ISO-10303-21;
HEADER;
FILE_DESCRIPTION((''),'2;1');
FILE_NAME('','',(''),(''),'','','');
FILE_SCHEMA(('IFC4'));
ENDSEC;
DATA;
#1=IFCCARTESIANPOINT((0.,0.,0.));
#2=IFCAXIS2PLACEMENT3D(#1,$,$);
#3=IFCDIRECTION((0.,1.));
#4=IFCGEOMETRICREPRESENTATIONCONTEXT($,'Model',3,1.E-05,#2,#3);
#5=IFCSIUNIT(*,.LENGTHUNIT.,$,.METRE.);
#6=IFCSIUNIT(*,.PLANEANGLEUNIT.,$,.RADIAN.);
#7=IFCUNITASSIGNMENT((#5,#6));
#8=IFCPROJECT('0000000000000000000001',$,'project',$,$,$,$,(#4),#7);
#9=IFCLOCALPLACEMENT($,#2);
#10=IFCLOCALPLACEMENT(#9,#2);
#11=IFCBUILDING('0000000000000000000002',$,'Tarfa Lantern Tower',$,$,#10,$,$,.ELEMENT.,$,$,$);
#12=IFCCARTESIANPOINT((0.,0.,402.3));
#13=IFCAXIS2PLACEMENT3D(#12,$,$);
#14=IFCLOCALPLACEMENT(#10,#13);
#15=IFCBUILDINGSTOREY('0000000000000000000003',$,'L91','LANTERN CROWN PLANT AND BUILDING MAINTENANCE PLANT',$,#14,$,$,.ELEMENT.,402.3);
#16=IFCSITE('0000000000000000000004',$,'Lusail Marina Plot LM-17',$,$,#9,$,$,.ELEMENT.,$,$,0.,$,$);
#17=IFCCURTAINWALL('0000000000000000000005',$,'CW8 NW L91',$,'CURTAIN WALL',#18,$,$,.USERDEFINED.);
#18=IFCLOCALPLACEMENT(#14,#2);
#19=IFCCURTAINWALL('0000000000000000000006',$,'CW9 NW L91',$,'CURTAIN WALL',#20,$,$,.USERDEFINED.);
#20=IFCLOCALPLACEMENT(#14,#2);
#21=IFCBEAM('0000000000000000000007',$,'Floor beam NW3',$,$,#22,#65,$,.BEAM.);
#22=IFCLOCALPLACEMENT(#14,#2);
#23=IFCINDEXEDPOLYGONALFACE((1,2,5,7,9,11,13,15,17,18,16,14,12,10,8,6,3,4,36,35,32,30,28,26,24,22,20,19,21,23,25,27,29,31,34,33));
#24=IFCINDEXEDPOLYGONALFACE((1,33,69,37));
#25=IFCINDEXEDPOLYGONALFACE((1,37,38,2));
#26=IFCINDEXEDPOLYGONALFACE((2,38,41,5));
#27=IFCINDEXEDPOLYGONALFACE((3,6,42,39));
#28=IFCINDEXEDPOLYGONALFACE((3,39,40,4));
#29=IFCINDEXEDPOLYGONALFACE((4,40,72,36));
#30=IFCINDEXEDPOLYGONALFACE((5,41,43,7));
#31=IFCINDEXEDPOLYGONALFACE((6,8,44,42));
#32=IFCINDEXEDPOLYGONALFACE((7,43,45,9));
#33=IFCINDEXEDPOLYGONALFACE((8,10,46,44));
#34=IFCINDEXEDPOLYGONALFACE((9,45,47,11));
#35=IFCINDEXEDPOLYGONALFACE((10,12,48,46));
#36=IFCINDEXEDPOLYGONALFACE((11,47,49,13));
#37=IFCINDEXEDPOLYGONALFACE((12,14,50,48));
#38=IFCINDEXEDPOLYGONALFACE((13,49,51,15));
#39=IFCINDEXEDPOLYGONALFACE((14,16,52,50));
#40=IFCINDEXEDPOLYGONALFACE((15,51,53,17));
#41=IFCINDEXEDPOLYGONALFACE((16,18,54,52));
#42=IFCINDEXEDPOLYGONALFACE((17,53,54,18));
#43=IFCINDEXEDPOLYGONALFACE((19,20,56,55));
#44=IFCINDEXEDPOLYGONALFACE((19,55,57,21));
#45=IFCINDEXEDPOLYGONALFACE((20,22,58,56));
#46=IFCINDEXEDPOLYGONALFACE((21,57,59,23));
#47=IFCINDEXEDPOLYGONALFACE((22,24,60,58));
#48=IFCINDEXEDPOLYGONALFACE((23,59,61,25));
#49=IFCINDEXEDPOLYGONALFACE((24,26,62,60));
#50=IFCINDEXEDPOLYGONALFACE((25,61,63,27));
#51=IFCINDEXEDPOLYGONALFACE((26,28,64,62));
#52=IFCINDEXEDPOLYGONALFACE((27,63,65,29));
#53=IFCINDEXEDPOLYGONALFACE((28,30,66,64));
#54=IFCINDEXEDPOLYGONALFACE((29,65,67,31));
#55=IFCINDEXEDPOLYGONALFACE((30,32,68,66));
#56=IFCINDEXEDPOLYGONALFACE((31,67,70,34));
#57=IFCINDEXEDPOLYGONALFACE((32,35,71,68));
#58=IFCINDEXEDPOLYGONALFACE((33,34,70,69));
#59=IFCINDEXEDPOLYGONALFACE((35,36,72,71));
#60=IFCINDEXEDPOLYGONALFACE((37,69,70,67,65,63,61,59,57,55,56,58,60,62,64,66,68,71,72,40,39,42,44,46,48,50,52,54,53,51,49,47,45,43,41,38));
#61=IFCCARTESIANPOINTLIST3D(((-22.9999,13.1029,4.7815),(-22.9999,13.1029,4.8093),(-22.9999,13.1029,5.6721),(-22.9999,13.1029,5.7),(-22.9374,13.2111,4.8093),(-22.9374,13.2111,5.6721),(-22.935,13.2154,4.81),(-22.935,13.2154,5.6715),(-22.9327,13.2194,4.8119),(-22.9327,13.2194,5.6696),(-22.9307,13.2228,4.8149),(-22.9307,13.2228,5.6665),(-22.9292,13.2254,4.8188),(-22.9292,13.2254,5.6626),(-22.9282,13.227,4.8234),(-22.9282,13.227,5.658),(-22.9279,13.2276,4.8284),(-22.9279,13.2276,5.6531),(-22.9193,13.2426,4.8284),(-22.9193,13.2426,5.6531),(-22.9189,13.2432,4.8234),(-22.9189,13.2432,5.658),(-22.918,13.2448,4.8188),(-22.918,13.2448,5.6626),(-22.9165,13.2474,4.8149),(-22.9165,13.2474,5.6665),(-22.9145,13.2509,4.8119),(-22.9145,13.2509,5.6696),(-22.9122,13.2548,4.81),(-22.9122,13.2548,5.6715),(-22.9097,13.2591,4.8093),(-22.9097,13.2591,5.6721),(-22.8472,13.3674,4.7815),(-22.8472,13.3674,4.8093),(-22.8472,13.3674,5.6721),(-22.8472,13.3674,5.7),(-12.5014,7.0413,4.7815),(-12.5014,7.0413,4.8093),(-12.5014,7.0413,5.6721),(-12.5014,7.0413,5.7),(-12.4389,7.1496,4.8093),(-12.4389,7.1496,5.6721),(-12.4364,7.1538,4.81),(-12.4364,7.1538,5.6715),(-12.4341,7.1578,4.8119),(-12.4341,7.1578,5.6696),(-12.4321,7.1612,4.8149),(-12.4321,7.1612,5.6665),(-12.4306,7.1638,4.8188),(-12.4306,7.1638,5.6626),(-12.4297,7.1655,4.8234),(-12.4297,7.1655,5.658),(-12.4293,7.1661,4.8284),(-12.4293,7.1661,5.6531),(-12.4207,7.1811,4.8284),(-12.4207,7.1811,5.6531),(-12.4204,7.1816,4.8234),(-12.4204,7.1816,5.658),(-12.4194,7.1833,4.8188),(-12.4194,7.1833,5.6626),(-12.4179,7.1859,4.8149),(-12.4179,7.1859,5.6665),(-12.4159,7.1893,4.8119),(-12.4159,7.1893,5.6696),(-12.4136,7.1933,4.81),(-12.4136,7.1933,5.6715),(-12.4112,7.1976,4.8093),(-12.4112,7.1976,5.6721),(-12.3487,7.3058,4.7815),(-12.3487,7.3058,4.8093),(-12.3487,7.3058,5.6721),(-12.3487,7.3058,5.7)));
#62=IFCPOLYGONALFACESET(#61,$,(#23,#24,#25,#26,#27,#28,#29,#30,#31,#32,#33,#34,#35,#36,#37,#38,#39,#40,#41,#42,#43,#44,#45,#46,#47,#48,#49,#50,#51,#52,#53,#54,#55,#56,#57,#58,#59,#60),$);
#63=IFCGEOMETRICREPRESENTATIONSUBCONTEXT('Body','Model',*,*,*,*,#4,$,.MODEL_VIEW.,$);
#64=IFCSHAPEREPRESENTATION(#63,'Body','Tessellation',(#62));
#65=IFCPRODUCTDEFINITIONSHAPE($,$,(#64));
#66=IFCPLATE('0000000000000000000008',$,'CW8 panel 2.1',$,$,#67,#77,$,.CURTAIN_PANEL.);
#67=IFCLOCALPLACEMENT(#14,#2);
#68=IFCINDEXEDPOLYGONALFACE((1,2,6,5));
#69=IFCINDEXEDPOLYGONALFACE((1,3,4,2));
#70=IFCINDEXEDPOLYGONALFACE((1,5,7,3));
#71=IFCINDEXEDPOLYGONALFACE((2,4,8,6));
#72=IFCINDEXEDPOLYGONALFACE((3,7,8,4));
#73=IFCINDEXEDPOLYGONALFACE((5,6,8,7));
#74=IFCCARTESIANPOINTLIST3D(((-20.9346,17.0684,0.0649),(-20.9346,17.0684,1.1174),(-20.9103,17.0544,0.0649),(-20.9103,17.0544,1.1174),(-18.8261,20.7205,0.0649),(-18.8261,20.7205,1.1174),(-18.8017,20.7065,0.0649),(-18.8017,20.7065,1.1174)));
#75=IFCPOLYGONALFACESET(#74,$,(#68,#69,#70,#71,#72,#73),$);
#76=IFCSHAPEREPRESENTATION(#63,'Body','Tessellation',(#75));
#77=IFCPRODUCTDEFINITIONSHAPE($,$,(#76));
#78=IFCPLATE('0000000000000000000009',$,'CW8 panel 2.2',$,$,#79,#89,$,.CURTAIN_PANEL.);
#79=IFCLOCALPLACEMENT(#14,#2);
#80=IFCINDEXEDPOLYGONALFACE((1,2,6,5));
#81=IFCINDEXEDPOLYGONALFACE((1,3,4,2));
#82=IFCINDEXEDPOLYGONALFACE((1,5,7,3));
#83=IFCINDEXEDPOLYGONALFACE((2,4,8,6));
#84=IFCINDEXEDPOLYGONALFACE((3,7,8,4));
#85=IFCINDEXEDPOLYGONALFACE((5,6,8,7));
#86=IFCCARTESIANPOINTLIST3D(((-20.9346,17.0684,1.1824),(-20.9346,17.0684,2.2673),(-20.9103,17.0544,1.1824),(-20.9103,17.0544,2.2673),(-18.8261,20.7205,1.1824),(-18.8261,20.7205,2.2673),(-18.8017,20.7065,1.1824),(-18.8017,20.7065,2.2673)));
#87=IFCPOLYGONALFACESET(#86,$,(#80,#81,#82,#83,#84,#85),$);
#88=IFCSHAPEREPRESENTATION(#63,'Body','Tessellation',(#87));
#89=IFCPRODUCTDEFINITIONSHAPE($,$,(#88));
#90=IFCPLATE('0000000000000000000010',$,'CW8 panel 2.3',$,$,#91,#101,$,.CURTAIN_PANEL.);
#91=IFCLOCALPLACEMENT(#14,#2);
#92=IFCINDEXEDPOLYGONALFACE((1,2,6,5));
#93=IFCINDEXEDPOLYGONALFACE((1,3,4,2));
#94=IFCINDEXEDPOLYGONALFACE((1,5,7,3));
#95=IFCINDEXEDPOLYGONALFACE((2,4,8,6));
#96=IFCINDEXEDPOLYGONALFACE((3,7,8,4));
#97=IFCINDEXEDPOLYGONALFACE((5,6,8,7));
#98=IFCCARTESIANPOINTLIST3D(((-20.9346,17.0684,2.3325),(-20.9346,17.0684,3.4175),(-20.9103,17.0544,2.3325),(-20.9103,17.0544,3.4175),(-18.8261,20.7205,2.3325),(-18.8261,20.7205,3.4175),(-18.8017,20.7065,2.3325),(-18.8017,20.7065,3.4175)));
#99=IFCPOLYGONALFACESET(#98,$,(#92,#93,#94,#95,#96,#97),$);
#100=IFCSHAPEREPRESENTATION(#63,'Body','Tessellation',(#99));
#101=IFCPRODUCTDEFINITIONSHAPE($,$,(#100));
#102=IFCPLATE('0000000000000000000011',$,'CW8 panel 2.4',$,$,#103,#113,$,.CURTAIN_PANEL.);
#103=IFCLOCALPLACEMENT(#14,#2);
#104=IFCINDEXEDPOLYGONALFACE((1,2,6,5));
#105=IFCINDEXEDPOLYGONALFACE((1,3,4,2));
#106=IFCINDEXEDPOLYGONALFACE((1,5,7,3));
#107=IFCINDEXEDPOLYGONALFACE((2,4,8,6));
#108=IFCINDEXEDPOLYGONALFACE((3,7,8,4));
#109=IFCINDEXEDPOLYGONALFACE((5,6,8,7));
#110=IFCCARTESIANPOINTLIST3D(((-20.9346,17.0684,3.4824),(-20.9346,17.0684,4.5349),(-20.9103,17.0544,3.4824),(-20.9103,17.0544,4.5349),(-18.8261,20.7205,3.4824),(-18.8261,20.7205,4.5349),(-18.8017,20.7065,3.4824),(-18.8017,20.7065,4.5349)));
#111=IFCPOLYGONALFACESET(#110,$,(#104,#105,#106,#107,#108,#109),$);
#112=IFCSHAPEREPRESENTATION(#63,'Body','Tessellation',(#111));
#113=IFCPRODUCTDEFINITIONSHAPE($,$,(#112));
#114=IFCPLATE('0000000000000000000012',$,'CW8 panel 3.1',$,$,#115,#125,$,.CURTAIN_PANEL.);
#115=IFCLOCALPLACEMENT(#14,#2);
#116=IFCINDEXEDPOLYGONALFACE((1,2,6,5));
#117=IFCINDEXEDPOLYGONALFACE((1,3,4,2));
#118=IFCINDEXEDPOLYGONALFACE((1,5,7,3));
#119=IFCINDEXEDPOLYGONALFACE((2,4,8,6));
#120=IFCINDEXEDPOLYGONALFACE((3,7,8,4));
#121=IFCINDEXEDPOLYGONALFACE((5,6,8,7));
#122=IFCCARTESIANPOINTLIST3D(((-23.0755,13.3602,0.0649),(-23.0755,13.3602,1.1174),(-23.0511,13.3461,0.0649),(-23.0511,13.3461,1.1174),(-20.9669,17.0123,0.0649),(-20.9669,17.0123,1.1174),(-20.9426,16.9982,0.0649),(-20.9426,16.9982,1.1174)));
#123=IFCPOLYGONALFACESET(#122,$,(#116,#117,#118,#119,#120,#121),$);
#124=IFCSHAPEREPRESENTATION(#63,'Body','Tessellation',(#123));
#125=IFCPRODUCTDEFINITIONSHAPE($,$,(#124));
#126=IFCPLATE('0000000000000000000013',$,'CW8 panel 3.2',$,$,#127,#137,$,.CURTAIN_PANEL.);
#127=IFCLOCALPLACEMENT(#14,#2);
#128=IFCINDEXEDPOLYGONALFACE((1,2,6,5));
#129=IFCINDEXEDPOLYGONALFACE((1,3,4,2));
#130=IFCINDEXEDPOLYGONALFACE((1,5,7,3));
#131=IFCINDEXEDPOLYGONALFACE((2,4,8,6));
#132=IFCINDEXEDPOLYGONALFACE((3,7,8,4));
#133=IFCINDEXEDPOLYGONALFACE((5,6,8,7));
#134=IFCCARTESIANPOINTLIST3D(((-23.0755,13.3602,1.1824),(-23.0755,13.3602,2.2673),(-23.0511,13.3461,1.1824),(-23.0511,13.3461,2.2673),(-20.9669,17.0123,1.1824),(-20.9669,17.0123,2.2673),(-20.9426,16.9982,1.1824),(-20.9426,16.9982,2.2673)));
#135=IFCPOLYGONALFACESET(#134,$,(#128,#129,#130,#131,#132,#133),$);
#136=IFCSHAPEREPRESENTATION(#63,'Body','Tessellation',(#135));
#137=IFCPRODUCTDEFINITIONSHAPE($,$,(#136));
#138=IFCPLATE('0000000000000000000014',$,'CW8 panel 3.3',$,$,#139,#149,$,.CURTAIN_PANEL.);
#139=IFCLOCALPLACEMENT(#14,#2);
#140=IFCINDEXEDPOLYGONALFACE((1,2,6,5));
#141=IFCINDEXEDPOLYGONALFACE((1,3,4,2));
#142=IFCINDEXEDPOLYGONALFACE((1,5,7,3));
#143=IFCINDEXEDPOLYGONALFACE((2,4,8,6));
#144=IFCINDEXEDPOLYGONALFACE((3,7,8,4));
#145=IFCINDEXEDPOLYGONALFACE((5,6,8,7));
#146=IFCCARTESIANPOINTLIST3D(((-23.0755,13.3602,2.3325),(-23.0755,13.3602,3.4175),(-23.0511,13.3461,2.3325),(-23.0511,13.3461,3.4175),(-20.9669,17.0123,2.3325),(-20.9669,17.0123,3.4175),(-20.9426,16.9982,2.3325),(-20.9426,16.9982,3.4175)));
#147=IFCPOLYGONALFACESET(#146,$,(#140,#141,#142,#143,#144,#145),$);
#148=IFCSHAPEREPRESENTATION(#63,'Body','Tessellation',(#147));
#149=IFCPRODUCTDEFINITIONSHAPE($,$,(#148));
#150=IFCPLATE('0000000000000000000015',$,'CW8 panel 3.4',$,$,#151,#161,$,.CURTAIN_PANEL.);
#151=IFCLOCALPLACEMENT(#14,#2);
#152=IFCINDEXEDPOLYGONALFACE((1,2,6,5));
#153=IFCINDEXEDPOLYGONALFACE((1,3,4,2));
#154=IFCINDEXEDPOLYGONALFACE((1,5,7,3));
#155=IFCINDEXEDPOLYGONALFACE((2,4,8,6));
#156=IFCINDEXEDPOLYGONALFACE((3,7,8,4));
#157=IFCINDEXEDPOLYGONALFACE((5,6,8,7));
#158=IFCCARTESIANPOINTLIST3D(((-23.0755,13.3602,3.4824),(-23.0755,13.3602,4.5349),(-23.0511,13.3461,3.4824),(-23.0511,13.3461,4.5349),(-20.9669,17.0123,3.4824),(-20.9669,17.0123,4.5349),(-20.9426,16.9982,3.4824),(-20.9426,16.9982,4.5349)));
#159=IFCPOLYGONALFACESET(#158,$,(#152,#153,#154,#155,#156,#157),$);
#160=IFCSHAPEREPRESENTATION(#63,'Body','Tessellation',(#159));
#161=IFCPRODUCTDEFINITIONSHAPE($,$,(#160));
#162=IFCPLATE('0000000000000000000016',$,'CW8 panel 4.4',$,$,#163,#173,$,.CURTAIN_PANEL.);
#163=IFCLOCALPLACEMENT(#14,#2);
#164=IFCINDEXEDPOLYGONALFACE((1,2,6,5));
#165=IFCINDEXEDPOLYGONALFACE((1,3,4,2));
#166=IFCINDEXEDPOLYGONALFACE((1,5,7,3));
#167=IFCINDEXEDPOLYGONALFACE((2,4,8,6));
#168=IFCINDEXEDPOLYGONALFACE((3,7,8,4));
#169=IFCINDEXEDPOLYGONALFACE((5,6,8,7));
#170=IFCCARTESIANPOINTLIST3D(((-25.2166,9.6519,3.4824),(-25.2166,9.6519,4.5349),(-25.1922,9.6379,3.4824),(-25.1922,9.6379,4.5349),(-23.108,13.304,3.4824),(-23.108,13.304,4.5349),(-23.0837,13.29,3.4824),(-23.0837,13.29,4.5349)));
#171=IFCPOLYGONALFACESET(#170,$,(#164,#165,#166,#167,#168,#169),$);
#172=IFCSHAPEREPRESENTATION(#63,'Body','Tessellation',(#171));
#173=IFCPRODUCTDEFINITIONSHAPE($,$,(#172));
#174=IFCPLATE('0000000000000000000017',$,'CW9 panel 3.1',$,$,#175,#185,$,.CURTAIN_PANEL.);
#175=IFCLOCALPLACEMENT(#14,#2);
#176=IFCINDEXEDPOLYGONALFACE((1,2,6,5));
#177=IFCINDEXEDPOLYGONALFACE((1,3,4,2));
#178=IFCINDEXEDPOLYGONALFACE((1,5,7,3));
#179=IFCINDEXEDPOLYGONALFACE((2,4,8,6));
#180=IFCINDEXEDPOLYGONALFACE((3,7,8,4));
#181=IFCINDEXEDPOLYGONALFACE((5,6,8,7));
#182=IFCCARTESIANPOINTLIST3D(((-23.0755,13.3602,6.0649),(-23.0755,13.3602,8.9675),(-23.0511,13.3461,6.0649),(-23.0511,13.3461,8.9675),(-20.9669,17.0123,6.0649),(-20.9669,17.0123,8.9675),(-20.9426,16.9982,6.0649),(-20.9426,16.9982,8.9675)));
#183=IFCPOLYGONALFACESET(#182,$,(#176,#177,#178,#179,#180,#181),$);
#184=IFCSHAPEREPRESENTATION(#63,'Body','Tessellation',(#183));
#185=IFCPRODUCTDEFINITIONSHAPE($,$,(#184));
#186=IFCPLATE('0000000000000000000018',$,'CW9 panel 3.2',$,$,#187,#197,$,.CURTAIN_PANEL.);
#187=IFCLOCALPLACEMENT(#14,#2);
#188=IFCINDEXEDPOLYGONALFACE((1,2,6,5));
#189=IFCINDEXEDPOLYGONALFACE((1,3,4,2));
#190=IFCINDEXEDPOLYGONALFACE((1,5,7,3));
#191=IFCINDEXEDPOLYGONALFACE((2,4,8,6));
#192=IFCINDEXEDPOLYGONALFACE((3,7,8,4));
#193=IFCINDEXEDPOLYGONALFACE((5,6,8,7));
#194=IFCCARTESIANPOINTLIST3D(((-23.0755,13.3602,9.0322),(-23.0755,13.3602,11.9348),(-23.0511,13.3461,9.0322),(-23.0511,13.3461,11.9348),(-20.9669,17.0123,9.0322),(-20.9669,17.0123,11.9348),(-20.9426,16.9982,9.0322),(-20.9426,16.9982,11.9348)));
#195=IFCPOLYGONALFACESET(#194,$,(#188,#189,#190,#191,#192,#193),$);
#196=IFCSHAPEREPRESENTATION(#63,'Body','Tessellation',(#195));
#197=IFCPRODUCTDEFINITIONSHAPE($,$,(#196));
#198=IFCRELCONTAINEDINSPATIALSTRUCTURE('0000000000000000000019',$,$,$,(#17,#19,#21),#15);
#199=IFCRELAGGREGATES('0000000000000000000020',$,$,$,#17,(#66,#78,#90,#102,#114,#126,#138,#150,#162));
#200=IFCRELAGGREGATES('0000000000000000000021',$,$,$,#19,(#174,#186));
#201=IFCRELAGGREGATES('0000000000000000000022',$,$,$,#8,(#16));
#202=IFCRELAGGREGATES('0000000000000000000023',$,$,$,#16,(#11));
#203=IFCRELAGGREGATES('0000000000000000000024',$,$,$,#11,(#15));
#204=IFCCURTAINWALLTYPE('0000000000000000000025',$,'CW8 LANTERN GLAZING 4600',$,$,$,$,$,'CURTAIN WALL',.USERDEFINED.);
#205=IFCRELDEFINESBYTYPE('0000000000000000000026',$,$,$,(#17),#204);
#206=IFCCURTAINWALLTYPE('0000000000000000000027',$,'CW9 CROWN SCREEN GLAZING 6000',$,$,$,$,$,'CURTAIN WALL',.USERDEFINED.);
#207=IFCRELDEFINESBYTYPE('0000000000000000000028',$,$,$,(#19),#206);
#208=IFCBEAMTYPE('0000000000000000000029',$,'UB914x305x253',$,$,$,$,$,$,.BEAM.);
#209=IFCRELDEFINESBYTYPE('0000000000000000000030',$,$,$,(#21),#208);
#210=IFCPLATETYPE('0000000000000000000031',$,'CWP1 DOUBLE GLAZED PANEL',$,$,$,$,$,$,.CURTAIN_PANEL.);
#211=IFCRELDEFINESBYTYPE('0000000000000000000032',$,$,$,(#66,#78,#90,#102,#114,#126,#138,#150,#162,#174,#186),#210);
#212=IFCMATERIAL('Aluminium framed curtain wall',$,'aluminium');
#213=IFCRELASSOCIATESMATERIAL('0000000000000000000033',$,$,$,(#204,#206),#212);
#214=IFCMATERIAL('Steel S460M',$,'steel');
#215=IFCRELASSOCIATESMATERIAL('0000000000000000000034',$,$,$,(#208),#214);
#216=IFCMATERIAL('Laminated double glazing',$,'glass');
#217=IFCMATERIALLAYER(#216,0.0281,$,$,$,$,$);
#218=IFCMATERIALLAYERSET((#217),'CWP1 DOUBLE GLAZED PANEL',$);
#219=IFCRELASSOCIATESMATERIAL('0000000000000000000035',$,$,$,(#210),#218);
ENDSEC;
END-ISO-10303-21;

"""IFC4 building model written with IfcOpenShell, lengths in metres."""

from ifc_helpers import new_model, si_unit, direction, frame, origin, origin_2d, place, context, subcontext, project, spatial, rectangle, i_section, extrude, material, layer, layer_set, material_profile, profile_set, type_object, element, aggregate, save


model = new_model("IFC4")

# Units and contexts
model_context = context("Model", 3, precision=1e-05, world=origin(), true_north=direction((0.0, 1.0)))
body_context = subcontext(model_context, "Body", "Model", "MODEL_VIEW")
ifc_project = project(units=[si_unit("LENGTHUNIT", "METRE"), si_unit("PLANEANGLEUNIT", "RADIAN")], contexts=[model_context])

# Site, building, storey
site_placement = place(None, origin())
site = spatial("IfcSite", under=ifc_project, at=site_placement, Name="Lusail Marina Plot LM-17", CompositionType="ELEMENT", RefElevation=0.0)
building_placement = place(site_placement, origin())
building = spatial("IfcBuilding", under=site, at=building_placement, Name="Tarfa Lantern Tower", CompositionType="ELEMENT")
storey_placement = place(building_placement, frame((0.0, 0.0, 402.3)))
storey = spatial("IfcBuildingStorey", under=building, at=storey_placement, Name="L91", Description="LANTERN CROWN PLANT AND BUILDING MAINTENANCE PLANT", CompositionType="ELEMENT", Elevation=402.3)

# Curtain walls
ifc_material_1 = material(Name="Aluminium framed curtain wall", Category="aluminium")
curtain_wall_type_1 = type_object("IfcCurtainWallType", Name="CW8 LANTERN GLAZING 4600", ElementType="CURTAIN WALL", PredefinedType="USERDEFINED", material=ifc_material_1)
curtain_wall_1_placement = place(storey_placement, origin())
curtain_wall_1 = element("IfcCurtainWall", 1, at=curtain_wall_1_placement, inside=storey, type_object=curtain_wall_type_1, Name="CW8 NW L91", ObjectType="CURTAIN WALL", PredefinedType="USERDEFINED")
curtain_wall_type_2 = type_object("IfcCurtainWallType", Name="CW9 CROWN SCREEN GLAZING 6000", ElementType="CURTAIN WALL", PredefinedType="USERDEFINED", material=ifc_material_1)
curtain_wall_2_placement = place(storey_placement, origin())
curtain_wall_2 = element("IfcCurtainWall", 2, at=curtain_wall_2_placement, inside=storey, type_object=curtain_wall_type_2, Name="CW9 NW L91", ObjectType="CURTAIN WALL", PredefinedType="USERDEFINED")

# Beam
ifc_material_2 = material(Name="Steel S460M", Category="steel")
ifc_material_profile_1 = material_profile(ifc_material_2, i_section(OverallWidth=0.3054, OverallDepth=0.9185, WebThickness=0.0173, FlangeThickness=0.0278, FilletRadius=0.019, at=origin_2d()), Name="UB914x305x253")
ifc_profile_set_1 = profile_set([ifc_material_profile_1], Name="Steel S460M")
beam_type_1 = type_object("IfcBeamType", Name="UB914x305x253", PredefinedType="BEAM", material=ifc_profile_set_1)
beam_1_placement = place(storey_placement, frame((-22.9236, 13.2351, 5.2407), z_axis=(0.866019, -0.500012, 0.0), x_axis=(0.500012, 0.866019, 0.0)))
element("IfcBeam", 3, at=beam_1_placement, inside=storey, type_object=beam_type_1, Name="Floor beam NW3", PredefinedType="BEAM", context=body_context, shape_type="SweptSolid", body=[
    extrude(i_section(OverallWidth=0.3054, OverallDepth=0.9185, WebThickness=0.0173, FlangeThickness=0.0278, FilletRadius=0.019, at=origin_2d()), origin(), (0.0, 0.0, 1.0), 12.1228),
])

# Plates
ifc_material_3 = material(Name="Laminated double glazing", Category="glass")
ifc_layer = layer(ifc_material_3, 0.0281)
ifc_layer_set = layer_set([ifc_layer], Name="CWP1 DOUBLE GLAZED PANEL")
plate_type = type_object("IfcPlateType", Name="CWP1 DOUBLE GLAZED PANEL", PredefinedType="CURTAIN_PANEL", material=ifc_layer_set)
plate_1_placement = place(storey_placement, frame((-19.8682, 18.8875, 0.0649), z_axis=(0.0, 0.0, 1.0), x_axis=(-0.5, -0.866025, 0.0)))
plate_1 = element("IfcPlate", 4, at=plate_1_placement, type_object=plate_type, Name="CW8 panel 2.1", PredefinedType="CURTAIN_PANEL", context=body_context, shape_type="SweptSolid", body=[
    extrude(rectangle(XDim=4.217, YDim=0.0281, at=origin_2d()), origin(), (0.0, 0.0, 1.0), 1.0525),
])
plate_2_placement = place(storey_placement, frame((-19.8682, 18.8875, 1.1824), z_axis=(0.0, 0.0, 1.0), x_axis=(-0.5, -0.866025, 0.0)))
plate_2 = element("IfcPlate", 5, at=plate_2_placement, type_object=plate_type, Name="CW8 panel 2.2", PredefinedType="CURTAIN_PANEL", context=body_context, shape_type="SweptSolid", body=[
    extrude(rectangle(XDim=4.217, YDim=0.0281, at=origin_2d()), origin(), (0.0, 0.0, 1.0), 1.085),
])
plate_3_placement = place(storey_placement, frame((-19.8682, 18.8875, 2.3325), z_axis=(0.0, 0.0, 1.0), x_axis=(-0.5, -0.866025, 0.0)))
plate_3 = element("IfcPlate", 6, at=plate_3_placement, type_object=plate_type, Name="CW8 panel 2.3", PredefinedType="CURTAIN_PANEL", context=body_context, shape_type="SweptSolid", body=[
    extrude(rectangle(XDim=4.217, YDim=0.0281, at=origin_2d()), origin(), (0.0, 0.0, 1.0), 1.085),
])
plate_4_placement = place(storey_placement, frame((-19.8682, 18.8875, 3.4824), z_axis=(0.0, 0.0, 1.0), x_axis=(-0.5, -0.866025, 0.0)))
plate_4 = element("IfcPlate", 7, at=plate_4_placement, type_object=plate_type, Name="CW8 panel 2.4", PredefinedType="CURTAIN_PANEL", context=body_context, shape_type="SweptSolid", body=[
    extrude(rectangle(XDim=4.217, YDim=0.0281, at=origin_2d()), origin(), (0.0, 0.0, 1.0), 1.0525),
])
plate_5_placement = place(storey_placement, frame((-22.009, 15.1792, 0.0649), z_axis=(0.0, 0.0, 1.0), x_axis=(-0.5, -0.866025, 0.0)))
plate_5 = element("IfcPlate", 8, at=plate_5_placement, type_object=plate_type, Name="CW8 panel 3.1", PredefinedType="CURTAIN_PANEL", context=body_context, shape_type="SweptSolid", body=[
    extrude(rectangle(XDim=4.217, YDim=0.0281, at=origin_2d()), origin(), (0.0, 0.0, 1.0), 1.0525),
])
plate_6_placement = place(storey_placement, frame((-22.009, 15.1792, 1.1824), z_axis=(0.0, 0.0, 1.0), x_axis=(-0.5, -0.866025, 0.0)))
plate_6 = element("IfcPlate", 9, at=plate_6_placement, type_object=plate_type, Name="CW8 panel 3.2", PredefinedType="CURTAIN_PANEL", context=body_context, shape_type="SweptSolid", body=[
    extrude(rectangle(XDim=4.217, YDim=0.0281, at=origin_2d()), origin(), (0.0, 0.0, 1.0), 1.085),
])
plate_7_placement = place(storey_placement, frame((-22.009, 15.1792, 2.3325), z_axis=(0.0, 0.0, 1.0), x_axis=(-0.5, -0.866025, 0.0)))
plate_7 = element("IfcPlate", 10, at=plate_7_placement, type_object=plate_type, Name="CW8 panel 3.3", PredefinedType="CURTAIN_PANEL", context=body_context, shape_type="SweptSolid", body=[
    extrude(rectangle(XDim=4.217, YDim=0.0281, at=origin_2d()), origin(), (0.0, 0.0, 1.0), 1.085),
])
plate_8_placement = place(storey_placement, frame((-22.009, 15.1792, 3.4824), z_axis=(0.0, 0.0, 1.0), x_axis=(-0.5, -0.866025, 0.0)))
plate_8 = element("IfcPlate", 11, at=plate_8_placement, type_object=plate_type, Name="CW8 panel 3.4", PredefinedType="CURTAIN_PANEL", context=body_context, shape_type="SweptSolid", body=[
    extrude(rectangle(XDim=4.217, YDim=0.0281, at=origin_2d()), origin(), (0.0, 0.0, 1.0), 1.0525),
])
plate_9_placement = place(storey_placement, frame((-24.1501, 11.4709, 3.4824), z_axis=(0.0, 0.0, 1.0), x_axis=(-0.5, -0.866025, 0.0)))
plate_9 = element("IfcPlate", 12, at=plate_9_placement, type_object=plate_type, Name="CW8 panel 4.4", PredefinedType="CURTAIN_PANEL", context=body_context, shape_type="SweptSolid", body=[
    extrude(rectangle(XDim=4.217, YDim=0.0281, at=origin_2d()), origin(), (0.0, 0.0, 1.0), 1.0525),
])
aggregate(curtain_wall_1, [plate_1, plate_2, plate_3, plate_4, plate_5, plate_6, plate_7, plate_8, plate_9])
plate_10_placement = place(storey_placement, frame((-22.009, 15.1792, 6.0649), z_axis=(0.0, 0.0, 1.0), x_axis=(-0.5, -0.866025, 0.0)))
plate_10 = element("IfcPlate", 13, at=plate_10_placement, type_object=plate_type, Name="CW9 panel 3.1", PredefinedType="CURTAIN_PANEL", context=body_context, shape_type="SweptSolid", body=[
    extrude(rectangle(XDim=4.217, YDim=0.0281, at=origin_2d()), origin(), (0.0, 0.0, 1.0), 2.9026),
])
plate_11_placement = place(storey_placement, frame((-22.009, 15.1792, 9.0322), z_axis=(0.0, 0.0, 1.0), x_axis=(-0.5, -0.866025, 0.0)))
plate_11 = element("IfcPlate", 14, at=plate_11_placement, type_object=plate_type, Name="CW9 panel 3.2", PredefinedType="CURTAIN_PANEL", context=body_context, shape_type="SweptSolid", body=[
    extrude(rectangle(XDim=4.217, YDim=0.0281, at=origin_2d()), origin(), (0.0, 0.0, 1.0), 2.9026),
])
aggregate(curtain_wall_2, [plate_10, plate_11])

save(model, "model.ifc")
